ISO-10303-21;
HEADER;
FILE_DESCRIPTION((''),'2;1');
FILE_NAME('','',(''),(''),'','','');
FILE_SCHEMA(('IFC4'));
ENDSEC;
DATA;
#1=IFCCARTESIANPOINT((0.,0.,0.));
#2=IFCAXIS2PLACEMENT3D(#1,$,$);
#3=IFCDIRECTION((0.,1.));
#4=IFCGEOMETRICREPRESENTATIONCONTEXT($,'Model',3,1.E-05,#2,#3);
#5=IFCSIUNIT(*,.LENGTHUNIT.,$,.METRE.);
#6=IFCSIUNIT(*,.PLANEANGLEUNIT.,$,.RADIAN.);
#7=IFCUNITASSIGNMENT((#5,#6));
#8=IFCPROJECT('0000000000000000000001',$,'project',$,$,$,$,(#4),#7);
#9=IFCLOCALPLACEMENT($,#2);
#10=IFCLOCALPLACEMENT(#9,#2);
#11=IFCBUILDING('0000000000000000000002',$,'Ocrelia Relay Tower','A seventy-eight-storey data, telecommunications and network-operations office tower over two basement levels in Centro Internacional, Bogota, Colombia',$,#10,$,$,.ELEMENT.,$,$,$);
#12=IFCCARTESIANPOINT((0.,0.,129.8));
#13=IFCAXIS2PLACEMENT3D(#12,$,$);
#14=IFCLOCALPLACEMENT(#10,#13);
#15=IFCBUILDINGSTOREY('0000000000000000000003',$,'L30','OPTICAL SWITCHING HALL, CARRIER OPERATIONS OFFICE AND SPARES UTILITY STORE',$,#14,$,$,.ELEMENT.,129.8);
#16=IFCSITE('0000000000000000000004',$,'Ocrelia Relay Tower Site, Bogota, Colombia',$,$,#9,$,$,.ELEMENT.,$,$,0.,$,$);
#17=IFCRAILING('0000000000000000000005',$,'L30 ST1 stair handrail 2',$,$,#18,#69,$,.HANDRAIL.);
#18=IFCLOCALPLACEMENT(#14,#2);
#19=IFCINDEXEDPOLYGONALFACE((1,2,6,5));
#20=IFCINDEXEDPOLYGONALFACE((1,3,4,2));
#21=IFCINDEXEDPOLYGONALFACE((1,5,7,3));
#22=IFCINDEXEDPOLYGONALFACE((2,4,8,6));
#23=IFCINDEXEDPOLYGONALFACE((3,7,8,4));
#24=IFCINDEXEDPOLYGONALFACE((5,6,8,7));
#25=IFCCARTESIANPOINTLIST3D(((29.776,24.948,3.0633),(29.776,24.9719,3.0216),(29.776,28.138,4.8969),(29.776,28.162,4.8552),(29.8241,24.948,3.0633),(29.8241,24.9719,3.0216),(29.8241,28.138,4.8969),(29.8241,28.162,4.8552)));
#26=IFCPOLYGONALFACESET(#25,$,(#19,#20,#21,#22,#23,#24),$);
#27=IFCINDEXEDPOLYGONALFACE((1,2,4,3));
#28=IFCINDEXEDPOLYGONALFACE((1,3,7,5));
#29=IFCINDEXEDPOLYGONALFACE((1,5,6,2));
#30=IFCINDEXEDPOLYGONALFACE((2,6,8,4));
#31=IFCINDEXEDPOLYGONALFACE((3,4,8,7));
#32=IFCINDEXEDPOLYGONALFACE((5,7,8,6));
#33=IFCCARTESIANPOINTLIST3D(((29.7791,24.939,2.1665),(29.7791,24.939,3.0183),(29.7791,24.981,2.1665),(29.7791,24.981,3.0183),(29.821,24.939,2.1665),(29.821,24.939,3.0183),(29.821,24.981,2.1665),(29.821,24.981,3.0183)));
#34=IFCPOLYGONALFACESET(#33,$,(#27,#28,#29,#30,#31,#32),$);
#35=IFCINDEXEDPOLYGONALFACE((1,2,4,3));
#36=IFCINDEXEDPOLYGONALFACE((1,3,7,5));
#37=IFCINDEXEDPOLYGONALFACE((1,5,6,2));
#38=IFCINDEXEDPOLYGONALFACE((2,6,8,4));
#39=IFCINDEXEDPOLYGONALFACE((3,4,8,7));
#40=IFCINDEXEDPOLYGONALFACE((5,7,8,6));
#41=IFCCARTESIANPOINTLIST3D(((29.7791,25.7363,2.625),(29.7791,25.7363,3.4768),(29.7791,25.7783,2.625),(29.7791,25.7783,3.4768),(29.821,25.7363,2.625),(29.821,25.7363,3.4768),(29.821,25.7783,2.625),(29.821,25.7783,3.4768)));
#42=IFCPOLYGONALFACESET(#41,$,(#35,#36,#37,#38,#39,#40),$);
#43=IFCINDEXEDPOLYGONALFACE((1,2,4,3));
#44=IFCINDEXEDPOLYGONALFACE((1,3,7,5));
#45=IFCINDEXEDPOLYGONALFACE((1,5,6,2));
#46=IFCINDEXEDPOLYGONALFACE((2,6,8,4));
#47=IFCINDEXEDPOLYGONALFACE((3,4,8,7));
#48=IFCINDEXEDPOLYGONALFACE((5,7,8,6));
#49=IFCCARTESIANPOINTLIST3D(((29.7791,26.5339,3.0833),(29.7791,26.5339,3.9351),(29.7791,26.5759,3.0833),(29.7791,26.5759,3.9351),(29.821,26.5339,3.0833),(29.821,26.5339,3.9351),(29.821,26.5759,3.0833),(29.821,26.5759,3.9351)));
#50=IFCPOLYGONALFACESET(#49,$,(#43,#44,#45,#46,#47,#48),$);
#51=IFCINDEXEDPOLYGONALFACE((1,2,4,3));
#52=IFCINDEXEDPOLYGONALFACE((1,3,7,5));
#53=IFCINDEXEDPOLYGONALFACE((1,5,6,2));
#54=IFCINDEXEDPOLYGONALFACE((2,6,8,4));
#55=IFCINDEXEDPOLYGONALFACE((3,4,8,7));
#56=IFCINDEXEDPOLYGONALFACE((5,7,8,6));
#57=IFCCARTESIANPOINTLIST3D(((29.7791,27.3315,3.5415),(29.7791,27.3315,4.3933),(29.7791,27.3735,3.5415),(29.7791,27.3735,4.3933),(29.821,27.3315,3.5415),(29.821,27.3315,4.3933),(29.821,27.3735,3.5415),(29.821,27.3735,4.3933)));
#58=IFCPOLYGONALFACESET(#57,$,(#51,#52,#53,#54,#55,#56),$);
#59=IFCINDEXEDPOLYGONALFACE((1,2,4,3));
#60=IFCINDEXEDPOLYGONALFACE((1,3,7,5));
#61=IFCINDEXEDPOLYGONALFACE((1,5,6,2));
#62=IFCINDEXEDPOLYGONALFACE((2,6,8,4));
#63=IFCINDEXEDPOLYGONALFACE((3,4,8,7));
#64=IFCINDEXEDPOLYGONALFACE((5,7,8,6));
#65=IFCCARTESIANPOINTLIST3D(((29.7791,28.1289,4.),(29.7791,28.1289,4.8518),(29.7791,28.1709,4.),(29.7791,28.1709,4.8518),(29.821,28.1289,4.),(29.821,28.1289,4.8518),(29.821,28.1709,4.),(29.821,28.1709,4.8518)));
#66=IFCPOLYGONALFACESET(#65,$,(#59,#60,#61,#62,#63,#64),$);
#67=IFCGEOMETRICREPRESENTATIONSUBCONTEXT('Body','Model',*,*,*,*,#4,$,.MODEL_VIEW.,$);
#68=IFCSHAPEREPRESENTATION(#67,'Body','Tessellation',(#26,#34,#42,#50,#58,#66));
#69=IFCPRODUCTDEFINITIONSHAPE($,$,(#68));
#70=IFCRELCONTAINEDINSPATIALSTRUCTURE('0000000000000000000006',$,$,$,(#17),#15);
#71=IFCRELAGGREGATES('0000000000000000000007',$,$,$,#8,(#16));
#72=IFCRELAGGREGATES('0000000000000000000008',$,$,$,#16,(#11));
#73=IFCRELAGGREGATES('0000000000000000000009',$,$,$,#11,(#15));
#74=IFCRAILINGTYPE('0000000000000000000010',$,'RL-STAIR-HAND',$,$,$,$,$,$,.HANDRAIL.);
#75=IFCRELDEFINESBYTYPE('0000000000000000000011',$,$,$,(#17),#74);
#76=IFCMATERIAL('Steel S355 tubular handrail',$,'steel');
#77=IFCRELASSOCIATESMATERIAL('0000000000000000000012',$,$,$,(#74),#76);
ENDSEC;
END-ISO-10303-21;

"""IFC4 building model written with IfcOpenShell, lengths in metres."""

from ifc_helpers import new_model, si_unit, direction, frame, origin, origin_2d, place, context, subcontext, project, spatial, rectangle, extrude, material, type_object, element, save


model = new_model("IFC4")

# Units and contexts
model_context = context("Model", 3, precision=1e-05, world=origin(), true_north=direction((0.0, 1.0)))
body_context = subcontext(model_context, "Body", "Model", "MODEL_VIEW")
ifc_project = project(units=[si_unit("LENGTHUNIT", "METRE"), si_unit("PLANEANGLEUNIT", "RADIAN")], contexts=[model_context])

# Site, building, storey
site_placement = place(None, origin())
site = spatial("IfcSite", under=ifc_project, at=site_placement, Name="Ocrelia Relay Tower Site, Bogota, Colombia", CompositionType="ELEMENT", RefElevation=0.0)
building_placement = place(site_placement, origin())
building = spatial("IfcBuilding", under=site, at=building_placement, Name="Ocrelia Relay Tower", Description="A seventy-eight-storey data, telecommunications and network-operations office tower over two basement levels in Centro Internacional, Bogota, Colombia", CompositionType="ELEMENT")
storey_placement = place(building_placement, frame((0.0, 0.0, 129.8)))
storey = spatial("IfcBuildingStorey", under=building, at=storey_placement, Name="L30", Description="OPTICAL SWITCHING HALL, CARRIER OPERATIONS OFFICE AND SPARES UTILITY STORE", CompositionType="ELEMENT", Elevation=129.8)

# Railing
ifc_material_1 = material(Name="Steel S355 tubular handrail", Category="steel")
railing_type_1 = type_object("IfcRailingType", Name="RL-STAIR-HAND", PredefinedType="HANDRAIL", material=ifc_material_1)
railing_1_placement = place(storey_placement, frame((29.8, 24.96, 2.1665)))
element("IfcRailing", 1, at=railing_1_placement, inside=storey, type_object=railing_type_1, Name="L30 ST1 stair handrail 2", PredefinedType="HANDRAIL", context=body_context, shape_type="SweptSolid", body=[
    extrude(rectangle(XDim=0.0481, YDim=0.0481, at=origin_2d()), frame((0.0, 0.0, 0.876), z_axis=(0.0, 0.866991, 0.498324), x_axis=(-1.0, 0.0, 0.0)), (0.0, 0.0, 1.0), 3.6794),
    extrude(rectangle(XDim=0.042, YDim=0.042, at=origin_2d()), origin(), (0.0, 0.0, 1.0), 0.8518),
    extrude(rectangle(XDim=0.042, YDim=0.042, at=origin_2d()), frame((0.0, 0.7974, 0.4585)), (0.0, 0.0, 1.0), 0.8518),
    extrude(rectangle(XDim=0.042, YDim=0.042, at=origin_2d()), frame((0.0, 1.595, 0.9167)), (0.0, 0.0, 1.0), 0.8518),
    extrude(rectangle(XDim=0.042, YDim=0.042, at=origin_2d()), frame((0.0, 2.3926, 1.375)), (0.0, 0.0, 1.0), 0.8518),
    extrude(rectangle(XDim=0.042, YDim=0.042, at=origin_2d()), frame((0.0, 3.1899, 1.8335)), (0.0, 0.0, 1.0), 0.8518),
])

save(model, "model.ifc")
